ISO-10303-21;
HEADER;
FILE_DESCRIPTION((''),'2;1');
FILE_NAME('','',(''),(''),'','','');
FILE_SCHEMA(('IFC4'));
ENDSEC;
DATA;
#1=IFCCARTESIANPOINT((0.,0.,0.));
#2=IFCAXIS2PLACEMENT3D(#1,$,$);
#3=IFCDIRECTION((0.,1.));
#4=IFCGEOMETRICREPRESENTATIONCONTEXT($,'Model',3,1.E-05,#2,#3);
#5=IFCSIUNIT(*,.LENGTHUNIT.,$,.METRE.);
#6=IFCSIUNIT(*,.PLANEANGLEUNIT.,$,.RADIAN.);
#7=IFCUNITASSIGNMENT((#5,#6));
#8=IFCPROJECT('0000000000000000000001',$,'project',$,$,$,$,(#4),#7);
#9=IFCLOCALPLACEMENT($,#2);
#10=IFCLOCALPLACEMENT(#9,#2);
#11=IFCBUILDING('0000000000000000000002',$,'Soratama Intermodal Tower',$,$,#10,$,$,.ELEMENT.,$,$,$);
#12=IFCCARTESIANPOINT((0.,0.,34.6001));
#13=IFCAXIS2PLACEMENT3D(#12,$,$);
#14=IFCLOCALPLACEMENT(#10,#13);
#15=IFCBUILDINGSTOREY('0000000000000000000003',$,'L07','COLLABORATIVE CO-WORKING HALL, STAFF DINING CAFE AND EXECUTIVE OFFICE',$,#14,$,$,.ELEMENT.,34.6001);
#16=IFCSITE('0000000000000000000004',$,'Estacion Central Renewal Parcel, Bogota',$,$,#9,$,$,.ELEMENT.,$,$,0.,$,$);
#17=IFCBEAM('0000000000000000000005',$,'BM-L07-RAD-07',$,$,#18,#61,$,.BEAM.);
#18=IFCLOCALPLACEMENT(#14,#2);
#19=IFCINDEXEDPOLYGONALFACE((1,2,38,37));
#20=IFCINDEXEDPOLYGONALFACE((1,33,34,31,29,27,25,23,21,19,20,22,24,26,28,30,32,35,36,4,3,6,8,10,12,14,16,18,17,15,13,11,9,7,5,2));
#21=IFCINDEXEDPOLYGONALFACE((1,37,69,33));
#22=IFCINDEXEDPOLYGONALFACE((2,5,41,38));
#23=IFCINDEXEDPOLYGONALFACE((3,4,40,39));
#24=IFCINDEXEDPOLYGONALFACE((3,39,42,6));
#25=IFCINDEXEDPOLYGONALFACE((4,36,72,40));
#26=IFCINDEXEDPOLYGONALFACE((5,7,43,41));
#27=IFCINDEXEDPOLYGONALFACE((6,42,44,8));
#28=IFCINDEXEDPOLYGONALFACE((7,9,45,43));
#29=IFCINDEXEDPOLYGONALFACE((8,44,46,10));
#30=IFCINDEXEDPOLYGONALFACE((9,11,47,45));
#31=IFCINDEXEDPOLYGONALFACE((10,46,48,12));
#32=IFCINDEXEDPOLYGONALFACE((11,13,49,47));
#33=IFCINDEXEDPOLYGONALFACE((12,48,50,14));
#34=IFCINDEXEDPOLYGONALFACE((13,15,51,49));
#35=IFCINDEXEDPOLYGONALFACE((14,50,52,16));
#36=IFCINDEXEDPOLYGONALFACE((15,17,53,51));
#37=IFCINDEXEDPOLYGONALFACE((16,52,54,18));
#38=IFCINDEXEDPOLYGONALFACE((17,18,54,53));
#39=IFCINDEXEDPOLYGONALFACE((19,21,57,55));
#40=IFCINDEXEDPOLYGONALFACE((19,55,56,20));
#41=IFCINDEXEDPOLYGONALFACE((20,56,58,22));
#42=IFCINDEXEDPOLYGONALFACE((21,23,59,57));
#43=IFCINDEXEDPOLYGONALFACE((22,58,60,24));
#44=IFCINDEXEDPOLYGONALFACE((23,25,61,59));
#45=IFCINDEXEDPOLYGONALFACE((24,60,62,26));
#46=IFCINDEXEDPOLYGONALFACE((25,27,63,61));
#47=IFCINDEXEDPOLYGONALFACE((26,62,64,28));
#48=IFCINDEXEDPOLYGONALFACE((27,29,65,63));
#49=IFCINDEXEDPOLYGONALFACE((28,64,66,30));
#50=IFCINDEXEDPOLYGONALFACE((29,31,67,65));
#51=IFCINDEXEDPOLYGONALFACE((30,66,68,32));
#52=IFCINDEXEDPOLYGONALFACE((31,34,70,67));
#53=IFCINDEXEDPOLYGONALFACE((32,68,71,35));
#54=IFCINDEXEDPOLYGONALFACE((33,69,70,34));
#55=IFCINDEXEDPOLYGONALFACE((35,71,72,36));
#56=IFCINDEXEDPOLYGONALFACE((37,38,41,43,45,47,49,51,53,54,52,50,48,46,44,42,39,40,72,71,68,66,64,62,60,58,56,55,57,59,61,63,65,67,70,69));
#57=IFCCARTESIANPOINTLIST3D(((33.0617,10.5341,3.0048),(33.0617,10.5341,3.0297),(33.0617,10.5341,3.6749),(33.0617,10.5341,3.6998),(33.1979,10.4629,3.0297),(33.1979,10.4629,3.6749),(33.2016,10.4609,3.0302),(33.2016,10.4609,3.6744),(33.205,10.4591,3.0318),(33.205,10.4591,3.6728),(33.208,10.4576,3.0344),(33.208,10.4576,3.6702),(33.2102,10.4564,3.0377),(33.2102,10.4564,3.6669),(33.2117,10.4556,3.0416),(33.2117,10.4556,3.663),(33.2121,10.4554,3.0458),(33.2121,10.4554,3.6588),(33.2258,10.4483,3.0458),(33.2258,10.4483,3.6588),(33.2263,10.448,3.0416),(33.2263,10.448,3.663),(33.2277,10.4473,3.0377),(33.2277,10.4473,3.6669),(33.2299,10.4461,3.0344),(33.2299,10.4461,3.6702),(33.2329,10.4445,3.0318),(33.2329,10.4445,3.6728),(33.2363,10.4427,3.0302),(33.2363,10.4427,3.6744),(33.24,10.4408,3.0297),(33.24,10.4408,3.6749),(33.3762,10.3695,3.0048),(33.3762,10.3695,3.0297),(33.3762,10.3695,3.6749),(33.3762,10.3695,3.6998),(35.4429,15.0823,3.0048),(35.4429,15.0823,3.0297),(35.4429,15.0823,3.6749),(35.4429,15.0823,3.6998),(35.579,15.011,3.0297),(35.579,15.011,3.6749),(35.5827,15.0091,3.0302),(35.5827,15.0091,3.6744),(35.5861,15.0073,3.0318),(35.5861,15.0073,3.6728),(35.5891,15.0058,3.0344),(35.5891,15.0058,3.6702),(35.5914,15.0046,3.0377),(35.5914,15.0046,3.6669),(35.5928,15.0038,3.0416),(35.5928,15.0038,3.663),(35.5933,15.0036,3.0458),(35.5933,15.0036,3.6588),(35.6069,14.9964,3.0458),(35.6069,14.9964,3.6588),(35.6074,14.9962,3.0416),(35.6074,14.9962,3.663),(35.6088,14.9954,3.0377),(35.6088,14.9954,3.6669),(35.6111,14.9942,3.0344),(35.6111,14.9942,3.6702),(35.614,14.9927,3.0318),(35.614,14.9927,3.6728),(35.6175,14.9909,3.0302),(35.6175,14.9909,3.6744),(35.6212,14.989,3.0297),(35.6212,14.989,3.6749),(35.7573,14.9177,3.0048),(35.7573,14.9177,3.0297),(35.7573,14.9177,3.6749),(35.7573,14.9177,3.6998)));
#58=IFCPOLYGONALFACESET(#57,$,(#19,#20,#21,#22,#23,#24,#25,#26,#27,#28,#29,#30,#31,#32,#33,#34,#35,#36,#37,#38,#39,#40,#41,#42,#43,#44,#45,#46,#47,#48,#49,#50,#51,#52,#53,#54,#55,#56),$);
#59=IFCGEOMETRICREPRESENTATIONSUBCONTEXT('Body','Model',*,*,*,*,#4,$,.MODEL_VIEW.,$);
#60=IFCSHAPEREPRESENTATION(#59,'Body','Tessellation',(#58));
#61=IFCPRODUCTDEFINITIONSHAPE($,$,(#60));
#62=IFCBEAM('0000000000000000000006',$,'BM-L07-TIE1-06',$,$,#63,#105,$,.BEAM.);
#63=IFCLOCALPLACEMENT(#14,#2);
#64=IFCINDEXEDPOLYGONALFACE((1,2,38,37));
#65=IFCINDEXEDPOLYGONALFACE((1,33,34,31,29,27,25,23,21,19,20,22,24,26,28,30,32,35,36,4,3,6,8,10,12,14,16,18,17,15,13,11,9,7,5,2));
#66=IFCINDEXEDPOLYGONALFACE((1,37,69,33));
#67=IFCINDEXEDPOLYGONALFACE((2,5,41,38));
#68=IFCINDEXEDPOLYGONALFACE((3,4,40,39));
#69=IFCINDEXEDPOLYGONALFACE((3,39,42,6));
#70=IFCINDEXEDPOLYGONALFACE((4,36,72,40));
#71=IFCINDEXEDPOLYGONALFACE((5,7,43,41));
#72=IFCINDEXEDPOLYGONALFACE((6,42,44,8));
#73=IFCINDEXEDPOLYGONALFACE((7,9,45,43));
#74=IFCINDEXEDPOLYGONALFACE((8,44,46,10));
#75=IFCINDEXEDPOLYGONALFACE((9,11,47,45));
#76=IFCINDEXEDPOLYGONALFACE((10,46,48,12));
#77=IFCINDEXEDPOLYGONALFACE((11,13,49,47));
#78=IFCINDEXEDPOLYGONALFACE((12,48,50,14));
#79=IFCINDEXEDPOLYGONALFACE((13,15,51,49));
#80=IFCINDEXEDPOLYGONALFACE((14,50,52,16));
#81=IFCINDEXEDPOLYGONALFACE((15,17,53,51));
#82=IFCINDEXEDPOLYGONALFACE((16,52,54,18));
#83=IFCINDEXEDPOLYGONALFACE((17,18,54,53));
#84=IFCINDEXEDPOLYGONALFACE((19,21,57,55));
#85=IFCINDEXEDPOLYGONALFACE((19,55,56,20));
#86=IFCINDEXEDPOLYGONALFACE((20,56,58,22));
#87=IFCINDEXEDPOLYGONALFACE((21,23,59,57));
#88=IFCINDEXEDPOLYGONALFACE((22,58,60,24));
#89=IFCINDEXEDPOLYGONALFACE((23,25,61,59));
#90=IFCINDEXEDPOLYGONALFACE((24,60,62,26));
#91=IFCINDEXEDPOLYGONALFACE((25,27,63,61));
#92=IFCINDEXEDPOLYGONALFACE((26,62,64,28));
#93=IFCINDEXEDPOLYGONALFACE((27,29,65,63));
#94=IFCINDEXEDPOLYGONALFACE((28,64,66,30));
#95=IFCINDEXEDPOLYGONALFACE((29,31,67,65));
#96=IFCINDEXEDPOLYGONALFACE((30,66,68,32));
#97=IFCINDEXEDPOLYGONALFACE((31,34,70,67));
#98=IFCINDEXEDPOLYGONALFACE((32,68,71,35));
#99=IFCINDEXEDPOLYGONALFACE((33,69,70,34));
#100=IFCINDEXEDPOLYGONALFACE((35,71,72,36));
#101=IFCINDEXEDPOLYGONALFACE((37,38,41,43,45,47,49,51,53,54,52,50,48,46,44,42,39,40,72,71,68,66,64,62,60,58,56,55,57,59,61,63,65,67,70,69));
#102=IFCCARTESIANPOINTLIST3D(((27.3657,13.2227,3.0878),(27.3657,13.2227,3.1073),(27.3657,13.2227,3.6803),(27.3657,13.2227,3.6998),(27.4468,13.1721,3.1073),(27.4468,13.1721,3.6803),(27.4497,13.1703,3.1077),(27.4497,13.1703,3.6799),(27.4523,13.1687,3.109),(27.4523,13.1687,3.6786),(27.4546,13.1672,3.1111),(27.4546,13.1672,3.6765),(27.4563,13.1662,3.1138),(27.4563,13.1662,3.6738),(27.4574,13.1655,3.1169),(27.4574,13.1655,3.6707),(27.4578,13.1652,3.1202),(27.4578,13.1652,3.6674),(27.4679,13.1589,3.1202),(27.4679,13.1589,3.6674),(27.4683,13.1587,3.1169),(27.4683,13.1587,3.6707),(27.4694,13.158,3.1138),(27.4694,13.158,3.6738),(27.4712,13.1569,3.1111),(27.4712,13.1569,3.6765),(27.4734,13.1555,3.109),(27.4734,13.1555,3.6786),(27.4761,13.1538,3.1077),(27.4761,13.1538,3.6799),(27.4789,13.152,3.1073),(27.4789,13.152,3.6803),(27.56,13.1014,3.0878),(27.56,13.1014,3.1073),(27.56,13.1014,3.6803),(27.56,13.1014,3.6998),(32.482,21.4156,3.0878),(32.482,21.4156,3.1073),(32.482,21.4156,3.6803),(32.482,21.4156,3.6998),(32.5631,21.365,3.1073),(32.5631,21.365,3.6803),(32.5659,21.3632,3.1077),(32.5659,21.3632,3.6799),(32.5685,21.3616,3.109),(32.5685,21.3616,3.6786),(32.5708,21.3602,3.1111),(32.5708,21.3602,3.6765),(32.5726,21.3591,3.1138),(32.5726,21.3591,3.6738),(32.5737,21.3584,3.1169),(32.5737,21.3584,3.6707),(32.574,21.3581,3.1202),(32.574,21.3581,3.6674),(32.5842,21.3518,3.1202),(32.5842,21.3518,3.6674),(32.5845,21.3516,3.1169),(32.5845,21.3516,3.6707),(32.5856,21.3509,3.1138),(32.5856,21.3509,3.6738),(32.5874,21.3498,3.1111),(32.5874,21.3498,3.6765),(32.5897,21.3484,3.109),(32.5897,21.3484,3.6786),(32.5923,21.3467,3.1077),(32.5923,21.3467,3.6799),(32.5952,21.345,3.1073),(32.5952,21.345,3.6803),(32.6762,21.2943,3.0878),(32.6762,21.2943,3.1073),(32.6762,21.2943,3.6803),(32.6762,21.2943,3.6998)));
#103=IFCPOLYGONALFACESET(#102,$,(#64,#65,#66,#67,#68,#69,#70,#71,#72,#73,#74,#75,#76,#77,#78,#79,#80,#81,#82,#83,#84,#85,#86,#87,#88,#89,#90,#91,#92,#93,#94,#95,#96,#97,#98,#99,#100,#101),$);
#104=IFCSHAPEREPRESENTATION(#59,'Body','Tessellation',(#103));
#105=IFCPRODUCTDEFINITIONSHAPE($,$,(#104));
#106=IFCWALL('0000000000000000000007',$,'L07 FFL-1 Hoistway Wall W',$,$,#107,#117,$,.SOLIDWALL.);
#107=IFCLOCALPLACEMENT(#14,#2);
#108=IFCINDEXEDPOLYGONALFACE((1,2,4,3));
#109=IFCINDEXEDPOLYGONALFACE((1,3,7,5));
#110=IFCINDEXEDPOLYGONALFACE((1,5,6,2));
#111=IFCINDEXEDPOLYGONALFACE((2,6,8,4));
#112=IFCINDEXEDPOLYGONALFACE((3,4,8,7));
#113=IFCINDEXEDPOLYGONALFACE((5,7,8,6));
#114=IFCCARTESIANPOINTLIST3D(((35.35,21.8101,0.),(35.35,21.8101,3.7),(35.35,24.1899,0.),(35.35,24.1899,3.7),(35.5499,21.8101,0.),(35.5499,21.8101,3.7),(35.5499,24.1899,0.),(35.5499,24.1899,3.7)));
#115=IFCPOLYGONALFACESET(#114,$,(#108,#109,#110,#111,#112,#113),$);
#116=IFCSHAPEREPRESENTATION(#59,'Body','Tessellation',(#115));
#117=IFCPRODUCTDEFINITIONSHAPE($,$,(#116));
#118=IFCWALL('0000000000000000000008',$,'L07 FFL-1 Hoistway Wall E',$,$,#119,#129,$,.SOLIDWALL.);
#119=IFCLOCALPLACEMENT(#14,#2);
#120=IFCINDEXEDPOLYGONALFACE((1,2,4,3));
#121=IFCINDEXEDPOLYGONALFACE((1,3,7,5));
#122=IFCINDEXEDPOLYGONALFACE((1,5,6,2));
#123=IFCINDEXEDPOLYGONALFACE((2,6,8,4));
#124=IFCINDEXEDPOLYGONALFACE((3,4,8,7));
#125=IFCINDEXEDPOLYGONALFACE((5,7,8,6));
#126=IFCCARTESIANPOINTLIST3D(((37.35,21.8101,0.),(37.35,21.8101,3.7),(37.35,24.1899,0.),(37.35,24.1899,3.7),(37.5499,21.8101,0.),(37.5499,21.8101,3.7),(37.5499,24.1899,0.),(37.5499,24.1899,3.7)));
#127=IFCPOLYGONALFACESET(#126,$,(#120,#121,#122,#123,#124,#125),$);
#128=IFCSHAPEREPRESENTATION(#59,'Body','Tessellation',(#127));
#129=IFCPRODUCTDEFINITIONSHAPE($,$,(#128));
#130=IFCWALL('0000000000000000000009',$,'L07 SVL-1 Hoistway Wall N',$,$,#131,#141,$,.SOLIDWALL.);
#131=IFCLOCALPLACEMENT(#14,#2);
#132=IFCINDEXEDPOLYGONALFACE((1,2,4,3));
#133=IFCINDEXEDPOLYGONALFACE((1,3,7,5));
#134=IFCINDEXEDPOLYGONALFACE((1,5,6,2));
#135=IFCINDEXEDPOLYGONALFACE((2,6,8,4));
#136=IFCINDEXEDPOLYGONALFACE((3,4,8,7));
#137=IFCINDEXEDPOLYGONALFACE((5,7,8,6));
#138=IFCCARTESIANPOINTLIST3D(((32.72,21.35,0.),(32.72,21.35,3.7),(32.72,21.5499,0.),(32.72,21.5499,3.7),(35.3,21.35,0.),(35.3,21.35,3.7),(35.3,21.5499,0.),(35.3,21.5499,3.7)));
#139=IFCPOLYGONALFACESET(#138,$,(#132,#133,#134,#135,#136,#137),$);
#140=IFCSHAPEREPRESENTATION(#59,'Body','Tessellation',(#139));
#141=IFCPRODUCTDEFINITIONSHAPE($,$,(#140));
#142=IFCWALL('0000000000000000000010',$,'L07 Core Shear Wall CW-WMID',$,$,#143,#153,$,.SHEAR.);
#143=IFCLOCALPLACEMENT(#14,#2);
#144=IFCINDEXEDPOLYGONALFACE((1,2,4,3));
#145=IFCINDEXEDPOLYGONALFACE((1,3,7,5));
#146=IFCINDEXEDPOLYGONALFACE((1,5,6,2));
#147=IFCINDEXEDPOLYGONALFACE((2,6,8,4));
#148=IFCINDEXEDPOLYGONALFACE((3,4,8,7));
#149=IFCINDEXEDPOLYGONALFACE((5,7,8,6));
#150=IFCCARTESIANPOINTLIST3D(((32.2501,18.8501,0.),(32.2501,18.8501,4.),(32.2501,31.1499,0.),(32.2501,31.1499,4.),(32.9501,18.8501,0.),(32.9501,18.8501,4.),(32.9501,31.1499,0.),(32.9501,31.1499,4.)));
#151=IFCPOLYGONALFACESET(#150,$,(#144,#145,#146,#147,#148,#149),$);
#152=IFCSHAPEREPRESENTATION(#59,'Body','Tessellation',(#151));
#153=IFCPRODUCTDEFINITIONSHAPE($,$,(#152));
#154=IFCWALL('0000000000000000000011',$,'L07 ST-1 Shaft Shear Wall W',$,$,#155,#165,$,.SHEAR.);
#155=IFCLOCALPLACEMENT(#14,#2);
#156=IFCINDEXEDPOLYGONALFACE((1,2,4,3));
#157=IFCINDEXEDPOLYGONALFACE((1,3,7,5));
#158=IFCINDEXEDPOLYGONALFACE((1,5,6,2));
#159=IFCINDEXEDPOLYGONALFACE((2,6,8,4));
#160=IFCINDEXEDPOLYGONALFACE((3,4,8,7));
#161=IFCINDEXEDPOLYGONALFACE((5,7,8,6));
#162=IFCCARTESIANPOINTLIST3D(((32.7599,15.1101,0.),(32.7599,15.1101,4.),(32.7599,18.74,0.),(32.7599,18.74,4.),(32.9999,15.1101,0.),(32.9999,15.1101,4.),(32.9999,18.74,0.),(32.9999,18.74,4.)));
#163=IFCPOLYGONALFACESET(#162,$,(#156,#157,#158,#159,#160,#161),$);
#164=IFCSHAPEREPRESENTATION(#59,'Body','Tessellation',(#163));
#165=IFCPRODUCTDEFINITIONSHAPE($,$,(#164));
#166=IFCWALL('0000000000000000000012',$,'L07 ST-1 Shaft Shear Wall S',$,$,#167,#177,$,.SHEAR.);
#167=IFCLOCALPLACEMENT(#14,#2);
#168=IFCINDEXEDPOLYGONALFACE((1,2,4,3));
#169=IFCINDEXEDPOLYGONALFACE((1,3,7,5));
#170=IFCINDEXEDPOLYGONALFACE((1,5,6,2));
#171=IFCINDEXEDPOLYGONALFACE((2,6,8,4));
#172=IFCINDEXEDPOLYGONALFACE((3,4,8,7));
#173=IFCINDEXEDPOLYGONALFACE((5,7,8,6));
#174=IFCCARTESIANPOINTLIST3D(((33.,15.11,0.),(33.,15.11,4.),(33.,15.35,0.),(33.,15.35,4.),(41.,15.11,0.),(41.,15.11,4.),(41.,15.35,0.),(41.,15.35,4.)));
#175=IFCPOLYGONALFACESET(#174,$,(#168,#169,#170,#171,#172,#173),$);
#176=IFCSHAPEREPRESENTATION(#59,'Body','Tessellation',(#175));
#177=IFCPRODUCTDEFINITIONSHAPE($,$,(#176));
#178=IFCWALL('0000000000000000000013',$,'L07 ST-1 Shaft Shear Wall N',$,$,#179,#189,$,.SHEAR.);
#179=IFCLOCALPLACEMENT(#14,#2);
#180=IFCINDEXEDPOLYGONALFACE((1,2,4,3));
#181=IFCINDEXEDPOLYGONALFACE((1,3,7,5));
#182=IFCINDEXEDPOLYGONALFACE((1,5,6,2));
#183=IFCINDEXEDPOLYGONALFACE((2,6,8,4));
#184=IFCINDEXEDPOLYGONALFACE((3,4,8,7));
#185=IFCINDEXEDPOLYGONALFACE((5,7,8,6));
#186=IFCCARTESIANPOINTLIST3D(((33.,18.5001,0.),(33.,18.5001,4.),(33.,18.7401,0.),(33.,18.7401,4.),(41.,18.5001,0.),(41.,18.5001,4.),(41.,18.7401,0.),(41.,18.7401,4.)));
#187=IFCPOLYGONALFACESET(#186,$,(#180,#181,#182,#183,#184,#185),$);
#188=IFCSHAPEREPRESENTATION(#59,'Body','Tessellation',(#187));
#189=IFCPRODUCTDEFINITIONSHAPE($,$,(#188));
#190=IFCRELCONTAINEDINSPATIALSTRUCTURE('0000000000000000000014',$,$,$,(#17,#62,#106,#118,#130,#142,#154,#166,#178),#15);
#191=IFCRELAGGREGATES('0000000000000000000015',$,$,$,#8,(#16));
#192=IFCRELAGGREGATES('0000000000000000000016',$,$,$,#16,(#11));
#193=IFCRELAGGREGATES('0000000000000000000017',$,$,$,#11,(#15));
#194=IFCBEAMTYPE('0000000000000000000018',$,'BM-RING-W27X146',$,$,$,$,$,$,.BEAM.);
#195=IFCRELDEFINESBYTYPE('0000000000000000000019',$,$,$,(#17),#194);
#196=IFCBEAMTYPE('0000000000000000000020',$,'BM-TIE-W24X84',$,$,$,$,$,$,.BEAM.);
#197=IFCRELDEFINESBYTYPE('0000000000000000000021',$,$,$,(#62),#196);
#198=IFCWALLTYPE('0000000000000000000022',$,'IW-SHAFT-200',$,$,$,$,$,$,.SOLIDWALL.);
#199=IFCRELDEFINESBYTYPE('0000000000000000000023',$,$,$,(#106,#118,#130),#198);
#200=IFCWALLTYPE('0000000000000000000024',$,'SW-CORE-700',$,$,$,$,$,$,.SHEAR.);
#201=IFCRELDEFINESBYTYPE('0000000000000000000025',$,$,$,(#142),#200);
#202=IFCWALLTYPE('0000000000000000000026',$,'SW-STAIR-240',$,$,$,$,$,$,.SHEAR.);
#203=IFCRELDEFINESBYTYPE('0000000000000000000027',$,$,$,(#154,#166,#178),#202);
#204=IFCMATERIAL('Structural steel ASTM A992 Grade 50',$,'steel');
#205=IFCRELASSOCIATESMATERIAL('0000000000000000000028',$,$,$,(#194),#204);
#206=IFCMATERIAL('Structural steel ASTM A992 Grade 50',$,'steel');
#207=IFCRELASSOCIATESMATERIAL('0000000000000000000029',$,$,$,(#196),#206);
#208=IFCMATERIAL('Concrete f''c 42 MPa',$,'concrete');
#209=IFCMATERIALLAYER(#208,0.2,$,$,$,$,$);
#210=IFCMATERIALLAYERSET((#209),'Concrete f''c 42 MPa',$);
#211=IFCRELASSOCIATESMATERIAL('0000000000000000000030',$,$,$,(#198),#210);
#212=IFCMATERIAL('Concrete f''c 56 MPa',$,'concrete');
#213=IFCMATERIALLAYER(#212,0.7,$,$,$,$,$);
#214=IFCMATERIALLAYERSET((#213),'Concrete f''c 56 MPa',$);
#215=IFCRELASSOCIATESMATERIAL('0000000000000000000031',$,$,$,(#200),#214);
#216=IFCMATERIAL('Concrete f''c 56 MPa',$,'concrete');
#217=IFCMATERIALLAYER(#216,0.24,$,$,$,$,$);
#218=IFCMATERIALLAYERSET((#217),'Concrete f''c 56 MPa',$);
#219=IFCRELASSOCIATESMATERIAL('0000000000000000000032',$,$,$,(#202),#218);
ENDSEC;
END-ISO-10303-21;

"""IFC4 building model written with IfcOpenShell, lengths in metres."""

from ifc_helpers import new_model, si_unit, direction, frame, frame_2d, origin, origin_2d, place, context, subcontext, project, spatial, rectangle, i_section, extrude, material, layer, layer_set, material_profile, profile_set, type_object, element, save


model = new_model("IFC4")

# Units and contexts
model_context = context("Model", 3, precision=1e-05, world=origin(), true_north=direction((0.0, 1.0)))
body_context = subcontext(model_context, "Body", "Model", "MODEL_VIEW")
ifc_project = project(units=[si_unit("LENGTHUNIT", "METRE"), si_unit("PLANEANGLEUNIT", "RADIAN")], contexts=[model_context])

# Site, building, storey
site_placement = place(None, origin())
site = spatial("IfcSite", under=ifc_project, at=site_placement, Name="Estacion Central Renewal Parcel, Bogota", CompositionType="ELEMENT", RefElevation=0.0)
building_placement = place(site_placement, origin())
building = spatial("IfcBuilding", under=site, at=building_placement, Name="Soratama Intermodal Tower", CompositionType="ELEMENT")
storey_placement = place(building_placement, frame((0.0, 0.0, 34.6001)))
storey = spatial("IfcBuildingStorey", under=building, at=storey_placement, Name="L07", Description="COLLABORATIVE CO-WORKING HALL, STAFF DINING CAFE AND EXECUTIVE OFFICE", CompositionType="ELEMENT", Elevation=34.6001)

# Beams
ifc_material_1 = material(Name="Structural steel ASTM A992 Grade 50", Category="steel")
ifc_material_profile_1 = material_profile(ifc_material_1, i_section(OverallWidth=0.355, OverallDepth=0.6951, WebThickness=0.0154, FlangeThickness=0.0249, FilletRadius=0.0161, at=origin_2d()), Name="W27X146")
ifc_profile_set_1 = profile_set([ifc_material_profile_1], Name="Structural steel ASTM A992 Grade 50")
beam_type_1 = type_object("IfcBeamType", Name="BM-RING-W27X146", PredefinedType="BEAM", material=ifc_profile_set_1)
beam_1_placement = place(storey_placement, frame((35.6001, 15.0, 3.3523), z_axis=(-0.463819, -0.88593, 0.0), x_axis=(0.88593, -0.463819, 0.0)))
element("IfcBeam", 1, at=beam_1_placement, inside=storey, type_object=beam_type_1, Name="BM-L07-RAD-07", PredefinedType="BEAM", context=body_context, shape_type="SweptSolid", body=[
    extrude(i_section(OverallWidth=0.355, OverallDepth=0.6951, WebThickness=0.0154, FlangeThickness=0.0249, FilletRadius=0.0161, at=origin_2d()), origin(), (0.0, 0.0, 1.0), 5.1338),
])
ifc_material_2 = material(Name="Structural steel ASTM A992 Grade 50", Category="steel")
ifc_material_profile_2 = material_profile(ifc_material_2, i_section(OverallWidth=0.229, OverallDepth=0.6121, WebThickness=0.012, FlangeThickness=0.0195, FilletRadius=0.0129, at=origin_2d()), Name="W24X84")
ifc_profile_set_2 = profile_set([ifc_material_profile_2], Name="Structural steel ASTM A992 Grade 50")
beam_type_2 = type_object("IfcBeamType", Name="BM-TIE-W24X84", PredefinedType="BEAM", material=ifc_profile_set_2)
beam_2_placement = place(storey_placement, frame((32.5791, 21.355, 3.3938), z_axis=(-0.529676, -0.8482, 0.0), x_axis=(0.8482, -0.529676, 0.0)))
element("IfcBeam", 2, at=beam_2_placement, inside=storey, type_object=beam_type_2, Name="BM-L07-TIE1-06", PredefinedType="BEAM", context=body_context, shape_type="SweptSolid", body=[
    extrude(i_section(OverallWidth=0.229, OverallDepth=0.6121, WebThickness=0.012, FlangeThickness=0.0195, FilletRadius=0.0129, at=origin_2d()), origin(), (0.0, 0.0, 1.0), 9.6592),
])

# Shared definitions
ifc_material_3 = material(Name="Concrete f'c 42 MPa", Category="concrete")
ifc_layer_1 = layer(ifc_material_3, 0.2)
ifc_layer_set_1 = layer_set([ifc_layer_1], Name="Concrete f'c 42 MPa")
wall_type_1 = type_object("IfcWallType", Name="IW-SHAFT-200", PredefinedType="SOLIDWALL", material=ifc_layer_set_1)

# Walls
for number, where, z_axis, x_axis, name in (
    (3, (35.45, 21.8101, 0.0), (0.0, 0.0, 1.0), (0.0, 1.0, 0.0), "L07 FFL-1 Hoistway Wall W"),
    (4, (37.45, 21.8101, 0.0), (0.0, 0.0, 1.0), (0.0, 1.0, 0.0), "L07 FFL-1 Hoistway Wall E"),
):
    element("IfcWall", number, at=place(storey_placement, frame(where, z_axis=z_axis, x_axis=x_axis)), inside=storey, type_object=wall_type_1, Name=name, PredefinedType="SOLIDWALL", context=body_context, shape_type="SweptSolid", body=[
        extrude(rectangle(XDim=2.3799, YDim=0.2, at=frame_2d((1.1899, 0.0))), origin(), (0.0, 0.0, 1.0), 3.7),
    ])

# Wall
wall_1_placement = place(storey_placement, frame((32.72, 21.45, 0.0), z_axis=(0.0, 0.0, 1.0), x_axis=(1.0, 0.0, 0.0)))
element("IfcWall", 5, at=wall_1_placement, inside=storey, type_object=wall_type_1, Name="L07 SVL-1 Hoistway Wall N", PredefinedType="SOLIDWALL", context=body_context, shape_type="SweptSolid", body=[
    extrude(rectangle(XDim=2.5801, YDim=0.2, at=frame_2d((1.29, 0.0))), origin(), (0.0, 0.0, 1.0), 3.7),
])

# Walls
ifc_material_4 = material(Name="Concrete f'c 56 MPa", Category="concrete")
ifc_layer_2 = layer(ifc_material_4, 0.7)
ifc_layer_set_2 = layer_set([ifc_layer_2], Name="Concrete f'c 56 MPa")
wall_type_2 = type_object("IfcWallType", Name="SW-CORE-700", PredefinedType="SHEAR", material=ifc_layer_set_2)
wall_2_placement = place(storey_placement, frame((32.6001, 18.8501, 0.0), z_axis=(0.0, 0.0, 1.0), x_axis=(0.0, 1.0, 0.0)))
element("IfcWall", 6, at=wall_2_placement, inside=storey, type_object=wall_type_2, Name="L07 Core Shear Wall CW-WMID", PredefinedType="SHEAR", context=body_context, shape_type="SweptSolid", body=[
    extrude(rectangle(XDim=12.2998, YDim=0.7, at=frame_2d((6.1499, 0.0))), origin(), (0.0, 0.0, 1.0), 4.0),
])
ifc_material_5 = material(Name="Concrete f'c 56 MPa", Category="concrete")
ifc_layer_3 = layer(ifc_material_5, 0.24)
ifc_layer_set_3 = layer_set([ifc_layer_3], Name="Concrete f'c 56 MPa")
wall_type_3 = type_object("IfcWallType", Name="SW-STAIR-240", PredefinedType="SHEAR", material=ifc_layer_set_3)
wall_3_placement = place(storey_placement, frame((32.8799, 15.1101, 0.0), z_axis=(0.0, 0.0, 1.0), x_axis=(0.0, 1.0, 0.0)))
element("IfcWall", 7, at=wall_3_placement, inside=storey, type_object=wall_type_3, Name="L07 ST-1 Shaft Shear Wall W", PredefinedType="SHEAR", context=body_context, shape_type="SweptSolid", body=[
    extrude(rectangle(XDim=3.6299, YDim=0.24, at=frame_2d((1.8149, 0.0))), origin(), (0.0, 0.0, 1.0), 4.0),
])
for number, where, z_axis, x_axis, name in (
    (8, (33.0, 15.23, 0.0), (0.0, 0.0, 1.0), (1.0, 0.0, 0.0), "L07 ST-1 Shaft Shear Wall S"),
    (9, (33.0, 18.6201, 0.0), (0.0, 0.0, 1.0), (1.0, 0.0, 0.0), "L07 ST-1 Shaft Shear Wall N"),
):
    element("IfcWall", number, at=place(storey_placement, frame(where, z_axis=z_axis, x_axis=x_axis)), inside=storey, type_object=wall_type_3, Name=name, PredefinedType="SHEAR", context=body_context, shape_type="SweptSolid", body=[
        extrude(rectangle(XDim=8.0, YDim=0.24, at=frame_2d((4.0, 0.0))), origin(), (0.0, 0.0, 1.0), 4.0),
    ])

save(model, "model.ifc")
